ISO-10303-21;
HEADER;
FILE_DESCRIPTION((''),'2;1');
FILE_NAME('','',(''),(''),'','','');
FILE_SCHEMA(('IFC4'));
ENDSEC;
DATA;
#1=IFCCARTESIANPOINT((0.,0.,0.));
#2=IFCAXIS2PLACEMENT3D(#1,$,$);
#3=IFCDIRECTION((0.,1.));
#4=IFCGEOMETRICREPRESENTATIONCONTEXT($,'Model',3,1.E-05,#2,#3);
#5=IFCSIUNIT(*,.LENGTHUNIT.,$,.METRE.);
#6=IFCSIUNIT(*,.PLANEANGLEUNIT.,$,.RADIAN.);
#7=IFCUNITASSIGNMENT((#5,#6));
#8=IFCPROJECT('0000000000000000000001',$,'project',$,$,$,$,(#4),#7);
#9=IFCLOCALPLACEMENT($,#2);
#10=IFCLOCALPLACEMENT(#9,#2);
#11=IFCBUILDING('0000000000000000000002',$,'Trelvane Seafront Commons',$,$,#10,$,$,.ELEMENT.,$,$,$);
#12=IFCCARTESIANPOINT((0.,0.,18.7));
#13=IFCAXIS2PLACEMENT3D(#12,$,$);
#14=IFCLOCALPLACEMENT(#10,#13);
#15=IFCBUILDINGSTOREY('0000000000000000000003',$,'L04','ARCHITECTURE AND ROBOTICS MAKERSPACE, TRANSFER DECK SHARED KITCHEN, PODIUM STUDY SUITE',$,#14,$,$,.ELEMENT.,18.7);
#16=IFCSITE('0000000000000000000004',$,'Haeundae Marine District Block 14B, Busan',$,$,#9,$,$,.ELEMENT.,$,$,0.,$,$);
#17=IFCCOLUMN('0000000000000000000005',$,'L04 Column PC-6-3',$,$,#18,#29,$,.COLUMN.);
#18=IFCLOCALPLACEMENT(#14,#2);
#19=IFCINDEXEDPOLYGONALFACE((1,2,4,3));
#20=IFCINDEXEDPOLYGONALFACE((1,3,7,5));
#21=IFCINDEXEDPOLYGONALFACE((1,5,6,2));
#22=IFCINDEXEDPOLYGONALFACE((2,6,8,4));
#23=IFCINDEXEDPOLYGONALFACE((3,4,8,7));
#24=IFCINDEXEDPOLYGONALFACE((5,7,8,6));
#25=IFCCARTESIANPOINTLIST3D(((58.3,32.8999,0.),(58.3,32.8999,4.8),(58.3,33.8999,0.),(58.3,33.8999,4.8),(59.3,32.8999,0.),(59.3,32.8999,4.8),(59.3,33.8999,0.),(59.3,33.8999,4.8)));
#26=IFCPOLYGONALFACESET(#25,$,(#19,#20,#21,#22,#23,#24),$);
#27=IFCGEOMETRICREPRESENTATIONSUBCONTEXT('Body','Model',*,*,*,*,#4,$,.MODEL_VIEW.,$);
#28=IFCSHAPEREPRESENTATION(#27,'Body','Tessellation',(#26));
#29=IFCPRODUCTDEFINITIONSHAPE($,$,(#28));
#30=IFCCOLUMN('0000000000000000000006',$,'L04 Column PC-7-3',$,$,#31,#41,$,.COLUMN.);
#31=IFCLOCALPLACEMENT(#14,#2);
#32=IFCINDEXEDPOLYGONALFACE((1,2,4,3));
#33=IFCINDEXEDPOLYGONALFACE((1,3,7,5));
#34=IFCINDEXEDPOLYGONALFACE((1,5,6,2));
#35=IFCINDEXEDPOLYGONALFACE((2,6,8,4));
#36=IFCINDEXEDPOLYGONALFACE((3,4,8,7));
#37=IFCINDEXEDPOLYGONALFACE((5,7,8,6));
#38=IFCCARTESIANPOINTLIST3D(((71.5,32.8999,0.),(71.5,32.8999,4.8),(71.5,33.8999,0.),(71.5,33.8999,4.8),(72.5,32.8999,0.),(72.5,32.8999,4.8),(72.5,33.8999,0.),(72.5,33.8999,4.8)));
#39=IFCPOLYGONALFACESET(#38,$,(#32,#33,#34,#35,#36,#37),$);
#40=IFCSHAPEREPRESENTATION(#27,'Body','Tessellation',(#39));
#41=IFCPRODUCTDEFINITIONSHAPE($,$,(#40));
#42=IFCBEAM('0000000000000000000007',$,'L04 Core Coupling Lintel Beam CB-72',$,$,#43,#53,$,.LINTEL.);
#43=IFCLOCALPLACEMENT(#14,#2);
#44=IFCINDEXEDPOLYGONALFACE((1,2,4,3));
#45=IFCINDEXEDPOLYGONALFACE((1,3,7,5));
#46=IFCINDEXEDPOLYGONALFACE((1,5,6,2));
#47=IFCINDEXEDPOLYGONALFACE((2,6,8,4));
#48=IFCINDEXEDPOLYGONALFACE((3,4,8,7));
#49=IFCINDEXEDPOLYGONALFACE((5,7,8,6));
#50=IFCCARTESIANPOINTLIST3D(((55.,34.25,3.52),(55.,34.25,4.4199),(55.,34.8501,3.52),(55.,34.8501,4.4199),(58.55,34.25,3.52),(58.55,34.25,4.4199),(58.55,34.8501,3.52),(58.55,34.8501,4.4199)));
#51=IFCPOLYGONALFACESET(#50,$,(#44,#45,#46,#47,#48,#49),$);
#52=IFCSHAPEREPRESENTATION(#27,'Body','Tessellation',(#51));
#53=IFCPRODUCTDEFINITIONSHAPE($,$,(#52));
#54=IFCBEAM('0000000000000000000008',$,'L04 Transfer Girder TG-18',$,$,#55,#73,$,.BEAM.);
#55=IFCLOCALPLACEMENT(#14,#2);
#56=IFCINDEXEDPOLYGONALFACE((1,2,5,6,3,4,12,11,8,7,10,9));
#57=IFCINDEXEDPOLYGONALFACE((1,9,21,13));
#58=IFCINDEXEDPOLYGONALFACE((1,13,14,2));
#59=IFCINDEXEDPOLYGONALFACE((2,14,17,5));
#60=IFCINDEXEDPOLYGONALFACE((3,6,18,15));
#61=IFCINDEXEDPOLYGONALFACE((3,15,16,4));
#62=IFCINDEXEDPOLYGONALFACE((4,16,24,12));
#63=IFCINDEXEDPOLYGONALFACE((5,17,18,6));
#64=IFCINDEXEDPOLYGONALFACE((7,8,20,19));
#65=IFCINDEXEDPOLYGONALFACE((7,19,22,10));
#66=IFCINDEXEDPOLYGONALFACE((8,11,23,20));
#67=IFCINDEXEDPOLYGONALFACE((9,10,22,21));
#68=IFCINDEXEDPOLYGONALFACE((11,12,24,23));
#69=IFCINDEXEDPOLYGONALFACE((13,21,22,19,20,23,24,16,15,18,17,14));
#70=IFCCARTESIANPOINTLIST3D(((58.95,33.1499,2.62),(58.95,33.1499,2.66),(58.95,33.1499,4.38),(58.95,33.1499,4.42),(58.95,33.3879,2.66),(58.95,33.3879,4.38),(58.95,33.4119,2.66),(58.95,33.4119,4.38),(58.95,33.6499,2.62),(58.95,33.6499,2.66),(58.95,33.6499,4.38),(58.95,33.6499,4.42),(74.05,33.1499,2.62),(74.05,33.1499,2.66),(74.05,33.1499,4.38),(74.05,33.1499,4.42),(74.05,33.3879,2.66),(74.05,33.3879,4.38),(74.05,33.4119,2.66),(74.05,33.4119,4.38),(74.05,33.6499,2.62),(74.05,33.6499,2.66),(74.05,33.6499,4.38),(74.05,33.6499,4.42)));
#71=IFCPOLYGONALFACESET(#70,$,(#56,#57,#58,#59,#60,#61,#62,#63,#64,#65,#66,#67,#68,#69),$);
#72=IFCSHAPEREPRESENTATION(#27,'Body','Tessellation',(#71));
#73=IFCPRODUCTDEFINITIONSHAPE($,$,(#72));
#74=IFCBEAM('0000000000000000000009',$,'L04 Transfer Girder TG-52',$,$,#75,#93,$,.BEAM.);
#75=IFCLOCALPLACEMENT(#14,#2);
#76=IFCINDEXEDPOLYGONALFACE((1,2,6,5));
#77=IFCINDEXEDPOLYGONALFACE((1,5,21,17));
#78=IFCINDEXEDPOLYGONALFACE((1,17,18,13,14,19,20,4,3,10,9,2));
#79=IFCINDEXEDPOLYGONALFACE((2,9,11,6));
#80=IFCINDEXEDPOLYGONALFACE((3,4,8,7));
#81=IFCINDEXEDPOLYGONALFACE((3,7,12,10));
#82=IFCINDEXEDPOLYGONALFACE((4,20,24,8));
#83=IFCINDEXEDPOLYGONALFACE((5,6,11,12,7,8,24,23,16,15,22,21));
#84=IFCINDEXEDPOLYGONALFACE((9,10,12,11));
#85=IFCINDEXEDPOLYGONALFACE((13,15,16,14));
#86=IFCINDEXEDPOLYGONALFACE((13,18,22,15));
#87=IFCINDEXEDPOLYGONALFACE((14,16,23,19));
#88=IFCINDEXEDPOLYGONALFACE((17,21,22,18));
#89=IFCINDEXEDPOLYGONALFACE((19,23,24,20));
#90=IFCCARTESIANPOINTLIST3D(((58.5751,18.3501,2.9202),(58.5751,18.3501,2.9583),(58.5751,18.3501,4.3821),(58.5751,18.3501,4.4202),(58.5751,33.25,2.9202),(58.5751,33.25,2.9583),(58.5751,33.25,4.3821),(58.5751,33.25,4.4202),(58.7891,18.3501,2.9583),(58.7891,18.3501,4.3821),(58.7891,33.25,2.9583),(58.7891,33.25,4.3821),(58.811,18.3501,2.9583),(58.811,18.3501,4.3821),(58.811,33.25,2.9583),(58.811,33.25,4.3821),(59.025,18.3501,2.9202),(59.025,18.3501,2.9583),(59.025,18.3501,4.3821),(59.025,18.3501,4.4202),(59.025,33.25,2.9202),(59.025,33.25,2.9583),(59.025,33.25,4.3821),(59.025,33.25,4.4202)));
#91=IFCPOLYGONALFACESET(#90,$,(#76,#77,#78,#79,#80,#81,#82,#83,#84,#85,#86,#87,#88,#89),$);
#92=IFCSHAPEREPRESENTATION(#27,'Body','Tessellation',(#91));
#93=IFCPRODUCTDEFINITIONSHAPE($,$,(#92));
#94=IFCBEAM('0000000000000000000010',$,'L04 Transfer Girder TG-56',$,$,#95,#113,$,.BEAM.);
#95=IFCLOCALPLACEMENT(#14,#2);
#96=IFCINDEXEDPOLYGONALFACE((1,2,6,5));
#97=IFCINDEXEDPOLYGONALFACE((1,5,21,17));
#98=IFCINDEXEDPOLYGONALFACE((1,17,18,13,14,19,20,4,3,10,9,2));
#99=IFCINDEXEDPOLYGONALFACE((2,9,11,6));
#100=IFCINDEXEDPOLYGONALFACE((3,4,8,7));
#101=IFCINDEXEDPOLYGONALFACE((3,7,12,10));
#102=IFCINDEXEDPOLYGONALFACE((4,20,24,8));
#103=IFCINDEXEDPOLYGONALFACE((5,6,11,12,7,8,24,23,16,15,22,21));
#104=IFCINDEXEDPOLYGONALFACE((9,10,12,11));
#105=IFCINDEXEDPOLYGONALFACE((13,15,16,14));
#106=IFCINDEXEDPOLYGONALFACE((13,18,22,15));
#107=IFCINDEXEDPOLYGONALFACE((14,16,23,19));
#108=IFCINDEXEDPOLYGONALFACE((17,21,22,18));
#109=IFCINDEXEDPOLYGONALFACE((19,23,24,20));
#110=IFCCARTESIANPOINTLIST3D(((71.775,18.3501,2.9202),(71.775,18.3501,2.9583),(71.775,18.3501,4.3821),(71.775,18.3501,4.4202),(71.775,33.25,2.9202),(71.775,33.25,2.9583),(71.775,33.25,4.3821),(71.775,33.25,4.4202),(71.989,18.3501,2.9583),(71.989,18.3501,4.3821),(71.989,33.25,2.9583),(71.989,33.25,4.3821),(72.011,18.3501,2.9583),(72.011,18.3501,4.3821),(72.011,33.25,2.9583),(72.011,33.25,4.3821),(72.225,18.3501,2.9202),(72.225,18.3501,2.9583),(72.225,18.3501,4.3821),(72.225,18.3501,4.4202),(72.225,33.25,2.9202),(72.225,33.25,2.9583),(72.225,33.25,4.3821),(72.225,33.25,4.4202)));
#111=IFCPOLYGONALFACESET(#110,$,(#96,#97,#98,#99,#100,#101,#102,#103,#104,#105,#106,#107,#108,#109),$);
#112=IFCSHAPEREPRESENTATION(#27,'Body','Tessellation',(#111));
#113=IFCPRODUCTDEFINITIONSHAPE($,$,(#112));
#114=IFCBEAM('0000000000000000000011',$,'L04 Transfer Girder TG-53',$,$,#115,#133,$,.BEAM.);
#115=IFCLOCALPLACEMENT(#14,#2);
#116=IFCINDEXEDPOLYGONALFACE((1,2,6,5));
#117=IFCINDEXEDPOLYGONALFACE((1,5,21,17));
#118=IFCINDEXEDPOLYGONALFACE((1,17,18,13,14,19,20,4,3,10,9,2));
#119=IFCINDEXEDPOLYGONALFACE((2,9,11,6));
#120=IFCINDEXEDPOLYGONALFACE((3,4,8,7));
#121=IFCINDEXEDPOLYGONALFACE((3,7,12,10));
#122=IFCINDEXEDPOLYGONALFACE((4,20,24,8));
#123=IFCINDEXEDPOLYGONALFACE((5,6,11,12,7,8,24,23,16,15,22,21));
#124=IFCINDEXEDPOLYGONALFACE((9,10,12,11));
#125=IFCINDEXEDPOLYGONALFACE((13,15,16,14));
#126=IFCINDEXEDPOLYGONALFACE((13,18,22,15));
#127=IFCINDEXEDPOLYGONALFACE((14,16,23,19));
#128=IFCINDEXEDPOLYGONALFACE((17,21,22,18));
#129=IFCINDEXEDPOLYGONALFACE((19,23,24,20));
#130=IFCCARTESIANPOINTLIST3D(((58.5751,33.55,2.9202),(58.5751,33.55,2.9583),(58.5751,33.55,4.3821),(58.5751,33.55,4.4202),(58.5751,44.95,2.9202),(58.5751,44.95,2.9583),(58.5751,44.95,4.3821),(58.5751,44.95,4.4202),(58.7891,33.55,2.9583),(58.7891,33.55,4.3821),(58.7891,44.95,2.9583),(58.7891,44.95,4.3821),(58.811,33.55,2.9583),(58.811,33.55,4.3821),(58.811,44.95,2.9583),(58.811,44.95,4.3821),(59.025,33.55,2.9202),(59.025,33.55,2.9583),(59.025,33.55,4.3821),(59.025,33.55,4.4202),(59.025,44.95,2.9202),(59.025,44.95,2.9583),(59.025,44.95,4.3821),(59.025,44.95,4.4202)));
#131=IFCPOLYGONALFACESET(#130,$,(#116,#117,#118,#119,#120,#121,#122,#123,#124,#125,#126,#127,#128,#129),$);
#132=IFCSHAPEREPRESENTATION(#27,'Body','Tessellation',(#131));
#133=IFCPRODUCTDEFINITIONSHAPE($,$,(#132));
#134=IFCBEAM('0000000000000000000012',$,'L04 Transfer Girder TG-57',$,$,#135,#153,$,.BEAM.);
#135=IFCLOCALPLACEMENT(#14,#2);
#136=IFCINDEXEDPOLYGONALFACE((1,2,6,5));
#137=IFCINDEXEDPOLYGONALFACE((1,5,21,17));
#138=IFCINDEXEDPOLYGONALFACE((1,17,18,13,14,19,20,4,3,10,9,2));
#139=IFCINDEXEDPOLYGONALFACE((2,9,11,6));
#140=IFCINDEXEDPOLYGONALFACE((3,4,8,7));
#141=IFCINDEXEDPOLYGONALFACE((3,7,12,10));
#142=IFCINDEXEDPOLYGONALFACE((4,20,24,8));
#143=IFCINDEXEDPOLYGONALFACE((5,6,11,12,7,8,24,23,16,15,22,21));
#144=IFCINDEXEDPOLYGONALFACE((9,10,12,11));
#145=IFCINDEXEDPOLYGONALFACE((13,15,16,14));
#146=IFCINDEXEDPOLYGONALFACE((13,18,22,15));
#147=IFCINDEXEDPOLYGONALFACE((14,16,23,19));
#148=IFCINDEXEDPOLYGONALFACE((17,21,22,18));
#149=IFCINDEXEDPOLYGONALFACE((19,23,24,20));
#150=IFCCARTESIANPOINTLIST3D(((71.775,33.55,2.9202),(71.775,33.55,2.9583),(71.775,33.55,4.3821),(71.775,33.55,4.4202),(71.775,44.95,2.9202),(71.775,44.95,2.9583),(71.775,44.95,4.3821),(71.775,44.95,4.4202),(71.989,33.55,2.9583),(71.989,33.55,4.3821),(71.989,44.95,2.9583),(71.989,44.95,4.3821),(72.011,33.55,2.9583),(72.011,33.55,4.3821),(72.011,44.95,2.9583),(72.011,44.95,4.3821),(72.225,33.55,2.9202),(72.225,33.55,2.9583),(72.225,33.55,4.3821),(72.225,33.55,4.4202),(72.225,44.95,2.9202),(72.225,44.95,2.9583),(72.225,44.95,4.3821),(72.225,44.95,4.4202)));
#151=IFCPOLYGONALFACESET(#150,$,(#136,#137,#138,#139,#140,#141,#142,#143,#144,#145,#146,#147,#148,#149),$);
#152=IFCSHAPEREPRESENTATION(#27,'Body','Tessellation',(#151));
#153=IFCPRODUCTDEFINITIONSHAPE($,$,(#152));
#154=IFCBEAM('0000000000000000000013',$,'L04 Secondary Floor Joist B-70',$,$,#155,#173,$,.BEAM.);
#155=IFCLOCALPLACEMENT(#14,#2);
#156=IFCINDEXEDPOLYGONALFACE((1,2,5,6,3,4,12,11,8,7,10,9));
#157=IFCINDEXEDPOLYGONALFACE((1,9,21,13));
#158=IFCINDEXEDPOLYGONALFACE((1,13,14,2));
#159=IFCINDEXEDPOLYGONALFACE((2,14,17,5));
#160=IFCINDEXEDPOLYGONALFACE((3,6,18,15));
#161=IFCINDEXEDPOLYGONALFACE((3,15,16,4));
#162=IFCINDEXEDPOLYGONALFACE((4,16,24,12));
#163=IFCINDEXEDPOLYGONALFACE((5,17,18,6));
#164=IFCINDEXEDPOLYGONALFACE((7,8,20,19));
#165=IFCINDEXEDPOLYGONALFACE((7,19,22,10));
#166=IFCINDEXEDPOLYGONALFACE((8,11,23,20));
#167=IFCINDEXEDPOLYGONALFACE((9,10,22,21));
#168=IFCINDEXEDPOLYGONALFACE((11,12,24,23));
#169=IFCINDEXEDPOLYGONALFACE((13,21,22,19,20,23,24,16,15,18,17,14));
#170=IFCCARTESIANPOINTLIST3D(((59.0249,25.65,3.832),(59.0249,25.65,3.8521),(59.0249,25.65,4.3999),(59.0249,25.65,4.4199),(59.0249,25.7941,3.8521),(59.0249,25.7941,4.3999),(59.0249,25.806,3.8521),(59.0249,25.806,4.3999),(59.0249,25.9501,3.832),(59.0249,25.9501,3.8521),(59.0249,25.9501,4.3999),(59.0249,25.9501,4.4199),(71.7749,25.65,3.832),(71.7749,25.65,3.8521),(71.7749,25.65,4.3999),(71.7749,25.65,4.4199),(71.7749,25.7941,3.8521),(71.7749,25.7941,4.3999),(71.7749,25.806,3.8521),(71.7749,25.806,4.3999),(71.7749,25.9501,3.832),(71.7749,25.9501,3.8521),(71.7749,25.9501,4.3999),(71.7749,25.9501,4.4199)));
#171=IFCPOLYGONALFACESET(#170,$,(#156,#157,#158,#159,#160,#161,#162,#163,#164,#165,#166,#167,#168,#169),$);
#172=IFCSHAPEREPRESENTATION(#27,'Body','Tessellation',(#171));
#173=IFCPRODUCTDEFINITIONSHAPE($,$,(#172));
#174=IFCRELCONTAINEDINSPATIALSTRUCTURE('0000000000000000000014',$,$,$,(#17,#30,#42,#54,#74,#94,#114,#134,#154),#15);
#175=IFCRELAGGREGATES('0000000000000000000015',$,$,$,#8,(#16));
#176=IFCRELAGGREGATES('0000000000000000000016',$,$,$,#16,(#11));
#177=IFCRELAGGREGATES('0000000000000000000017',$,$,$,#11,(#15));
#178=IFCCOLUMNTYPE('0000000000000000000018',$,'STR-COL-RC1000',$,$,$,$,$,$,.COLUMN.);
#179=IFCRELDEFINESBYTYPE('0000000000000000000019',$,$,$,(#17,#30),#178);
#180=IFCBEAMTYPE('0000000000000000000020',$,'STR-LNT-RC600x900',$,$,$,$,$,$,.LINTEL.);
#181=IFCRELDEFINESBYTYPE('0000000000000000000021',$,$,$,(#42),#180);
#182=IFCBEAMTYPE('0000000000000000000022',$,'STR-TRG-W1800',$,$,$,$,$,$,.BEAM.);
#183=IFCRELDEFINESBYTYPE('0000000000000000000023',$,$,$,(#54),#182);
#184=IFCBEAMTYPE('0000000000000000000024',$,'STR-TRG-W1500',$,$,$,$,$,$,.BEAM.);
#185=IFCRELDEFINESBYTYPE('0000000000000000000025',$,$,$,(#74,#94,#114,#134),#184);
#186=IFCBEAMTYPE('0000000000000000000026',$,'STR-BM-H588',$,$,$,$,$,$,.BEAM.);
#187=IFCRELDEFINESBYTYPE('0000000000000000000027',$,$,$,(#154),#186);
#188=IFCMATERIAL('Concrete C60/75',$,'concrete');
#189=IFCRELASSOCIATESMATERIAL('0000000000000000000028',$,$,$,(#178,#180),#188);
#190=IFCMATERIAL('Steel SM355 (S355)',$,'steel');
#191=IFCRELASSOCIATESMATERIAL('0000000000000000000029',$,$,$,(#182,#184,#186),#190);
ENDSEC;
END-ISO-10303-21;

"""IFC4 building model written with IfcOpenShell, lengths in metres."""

from ifc_helpers import new_model, si_unit, direction, frame, origin, origin_2d, place, context, subcontext, project, spatial, rectangle, i_section, extrude, source, transform, mapped, material, material_profile, profile_set, type_object, element, save


model = new_model("IFC4")

# Units and contexts
model_context = context("Model", 3, precision=1e-05, world=origin(), true_north=direction((0.0, 1.0)))
body_context = subcontext(model_context, "Body", "Model", "MODEL_VIEW")
ifc_project = project(units=[si_unit("LENGTHUNIT", "METRE"), si_unit("PLANEANGLEUNIT", "RADIAN")], contexts=[model_context])

# Site, building, storey
site_placement = place(None, origin())
site = spatial("IfcSite", under=ifc_project, at=site_placement, Name="Haeundae Marine District Block 14B, Busan", CompositionType="ELEMENT", RefElevation=0.0)
building_placement = place(site_placement, origin())
building = spatial("IfcBuilding", under=site, at=building_placement, Name="Trelvane Seafront Commons", CompositionType="ELEMENT")
storey_placement = place(building_placement, frame((0.0, 0.0, 18.7)))
storey = spatial("IfcBuildingStorey", under=building, at=storey_placement, Name="L04", Description="ARCHITECTURE AND ROBOTICS MAKERSPACE, TRANSFER DECK SHARED KITCHEN, PODIUM STUDY SUITE", CompositionType="ELEMENT", Elevation=18.7)

# Columns
ifc_material_1 = material(Name="Concrete C60/75", Category="concrete")
ifc_material_profile_1 = material_profile(ifc_material_1, rectangle(XDim=1.0, YDim=1.0, at=origin_2d()), Name="RC-1000x1000")
ifc_profile_set_1 = profile_set([ifc_material_profile_1], Name="Concrete C60/75")
column_type = type_object("IfcColumnType", Name="STR-COL-RC1000", PredefinedType="COLUMN", material=ifc_profile_set_1)
shared_shape_1 = source(origin(), body_context, "Body", "SweptSolid", [
    extrude(rectangle(XDim=1.0, YDim=1.0, at=origin_2d()), origin(), (0.0, 0.0, 1.0), 4.8),
])
for number, where, z_axis, x_axis, name in (
    (1, (58.8, 33.3999, 0.0), (0.0, 0.0, 1.0), (1.0, 0.0, 0.0), "L04 Column PC-6-3"),
    (2, (72.0, 33.3999, 0.0), (0.0, 0.0, 1.0), (1.0, 0.0, 0.0), "L04 Column PC-7-3"),
):
    element("IfcColumn", number, at=place(storey_placement, frame(where, z_axis=z_axis, x_axis=x_axis)), inside=storey, type_object=column_type, Name=name, PredefinedType="COLUMN", context=body_context, shape_type="MappedRepresentation", body=[
        mapped(shared_shape_1, transform((0.0, 0.0, 0.0), x_axis=(1.0, 0.0, 0.0), y_axis=(0.0, 1.0, 0.0), z_axis=(0.0, 0.0, 1.0), scale=1.0)),
    ])

# Beams
ifc_material_profile_2 = material_profile(ifc_material_1, rectangle(XDim=0.6001, YDim=0.8999, at=origin_2d()), Name="RC-600x900")
ifc_profile_set_2 = profile_set([ifc_material_profile_2], Name="Concrete C60/75")
beam_type_1 = type_object("IfcBeamType", Name="STR-LNT-RC600x900", PredefinedType="LINTEL", material=ifc_profile_set_2)
shared_shape_2 = source(origin(), body_context, "Body", "SweptSolid", [
    extrude(rectangle(XDim=0.6001, YDim=0.8999, at=origin_2d()), origin(), (0.0, 0.0, 1.0), 3.55),
])
beam_1_placement = place(storey_placement, frame((55.0, 34.55, 3.97), z_axis=(1.0, 0.0, 0.0), x_axis=(0.0, 1.0, 0.0)))
element("IfcBeam", 3, at=beam_1_placement, inside=storey, type_object=beam_type_1, Name="L04 Core Coupling Lintel Beam CB-72", PredefinedType="LINTEL", context=body_context, shape_type="MappedRepresentation", body=[
    mapped(shared_shape_2, transform((0.0, 0.0, 0.0), x_axis=(1.0, 0.0, 0.0), y_axis=(0.0, 1.0, 0.0), z_axis=(0.0, 0.0, 1.0), scale=1.0)),
])
ifc_material_2 = material(Name="Steel SM355 (S355)", Category="steel")
ifc_material_profile_3 = material_profile(ifc_material_2, i_section(OverallWidth=0.5, OverallDepth=1.8, WebThickness=0.0239, FlangeThickness=0.04, at=origin_2d()), Name="W-1800x500x24x40")
ifc_profile_set_3 = profile_set([ifc_material_profile_3], Name="Steel SM355 (S355)")
beam_type_2 = type_object("IfcBeamType", Name="STR-TRG-W1800", PredefinedType="BEAM", material=ifc_profile_set_3)
shared_shape_3 = source(origin(), body_context, "Body", "SweptSolid", [
    extrude(i_section(OverallWidth=0.5, OverallDepth=1.8, WebThickness=0.0239, FlangeThickness=0.04, at=origin_2d()), origin(), (0.0, 0.0, 1.0), 15.1001),
])
beam_2_placement = place(storey_placement, frame((58.95, 33.3999, 3.52), z_axis=(1.0, 0.0, 0.0), x_axis=(0.0, 1.0, 0.0)))
element("IfcBeam", 4, at=beam_2_placement, inside=storey, type_object=beam_type_2, Name="L04 Transfer Girder TG-18", PredefinedType="BEAM", context=body_context, shape_type="MappedRepresentation", body=[
    mapped(shared_shape_3, transform((0.0, 0.0, 0.0), x_axis=(1.0, 0.0, 0.0), y_axis=(0.0, 1.0, 0.0), z_axis=(0.0, 0.0, 1.0), scale=1.0)),
])
ifc_material_profile_4 = material_profile(ifc_material_2, i_section(OverallWidth=0.45, OverallDepth=1.5, WebThickness=0.022, FlangeThickness=0.0381, at=origin_2d()), Name="W-1500x450x22x38")
ifc_profile_set_4 = profile_set([ifc_material_profile_4], Name="Steel SM355 (S355)")
beam_type_3 = type_object("IfcBeamType", Name="STR-TRG-W1500", PredefinedType="BEAM", material=ifc_profile_set_4)
shared_shape_4 = source(origin(), body_context, "Body", "SweptSolid", [
    extrude(i_section(OverallWidth=0.45, OverallDepth=1.5, WebThickness=0.022, FlangeThickness=0.0381, at=origin_2d()), origin(), (0.0, 0.0, 1.0), 14.8999),
])
for number, where, z_axis, x_axis, name in (
    (5, (58.8, 18.3501, 3.6702), (0.0, 1.0, 0.0), (-1.0, 0.0, 0.0), "L04 Transfer Girder TG-52"),
    (6, (72.0, 18.3501, 3.6702), (0.0, 1.0, 0.0), (-1.0, 0.0, 0.0), "L04 Transfer Girder TG-56"),
):
    element("IfcBeam", number, at=place(storey_placement, frame(where, z_axis=z_axis, x_axis=x_axis)), inside=storey, type_object=beam_type_3, Name=name, PredefinedType="BEAM", context=body_context, shape_type="MappedRepresentation", body=[
        mapped(shared_shape_4, transform((0.0, 0.0, 0.0), x_axis=(1.0, 0.0, 0.0), y_axis=(0.0, 1.0, 0.0), z_axis=(0.0, 0.0, 1.0), scale=1.0)),
    ])
shared_shape_5 = source(origin(), body_context, "Body", "SweptSolid", [
    extrude(i_section(OverallWidth=0.45, OverallDepth=1.5, WebThickness=0.022, FlangeThickness=0.0381, at=origin_2d()), origin(), (0.0, 0.0, 1.0), 11.3999),
])
for number, where, z_axis, x_axis, name in (
    (7, (58.8, 33.55, 3.6702), (0.0, 1.0, 0.0), (-1.0, 0.0, 0.0), "L04 Transfer Girder TG-53"),
    (8, (72.0, 33.55, 3.6702), (0.0, 1.0, 0.0), (-1.0, 0.0, 0.0), "L04 Transfer Girder TG-57"),
):
    element("IfcBeam", number, at=place(storey_placement, frame(where, z_axis=z_axis, x_axis=x_axis)), inside=storey, type_object=beam_type_3, Name=name, PredefinedType="BEAM", context=body_context, shape_type="MappedRepresentation", body=[
        mapped(shared_shape_5, transform((0.0, 0.0, 0.0), x_axis=(1.0, 0.0, 0.0), y_axis=(0.0, 1.0, 0.0), z_axis=(0.0, 0.0, 1.0), scale=1.0)),
    ])
ifc_material_profile_5 = material_profile(ifc_material_2, i_section(OverallWidth=0.3, OverallDepth=0.5879, WebThickness=0.012, FlangeThickness=0.02, at=origin_2d()), Name="H-588x300x12x20")
ifc_profile_set_5 = profile_set([ifc_material_profile_5], Name="Steel SM355 (S355)")
beam_type_4 = type_object("IfcBeamType", Name="STR-BM-H588", PredefinedType="BEAM", material=ifc_profile_set_5)
shared_shape_6 = source(origin(), body_context, "Body", "SweptSolid", [
    extrude(i_section(OverallWidth=0.3, OverallDepth=0.5879, WebThickness=0.012, FlangeThickness=0.02, at=origin_2d()), origin(), (0.0, 0.0, 1.0), 12.75),
])
beam_3_placement = place(storey_placement, frame((59.0249, 25.8, 4.126), z_axis=(1.0, 0.0, 0.0), x_axis=(0.0, 1.0, 0.0)))
element("IfcBeam", 9, at=beam_3_placement, inside=storey, type_object=beam_type_4, Name="L04 Secondary Floor Joist B-70", PredefinedType="BEAM", context=body_context, shape_type="MappedRepresentation", body=[
    mapped(shared_shape_6, transform((0.0, 0.0, 0.0), x_axis=(1.0, 0.0, 0.0), y_axis=(0.0, 1.0, 0.0), z_axis=(0.0, 0.0, 1.0), scale=1.0)),
])

save(model, "model.ifc")
